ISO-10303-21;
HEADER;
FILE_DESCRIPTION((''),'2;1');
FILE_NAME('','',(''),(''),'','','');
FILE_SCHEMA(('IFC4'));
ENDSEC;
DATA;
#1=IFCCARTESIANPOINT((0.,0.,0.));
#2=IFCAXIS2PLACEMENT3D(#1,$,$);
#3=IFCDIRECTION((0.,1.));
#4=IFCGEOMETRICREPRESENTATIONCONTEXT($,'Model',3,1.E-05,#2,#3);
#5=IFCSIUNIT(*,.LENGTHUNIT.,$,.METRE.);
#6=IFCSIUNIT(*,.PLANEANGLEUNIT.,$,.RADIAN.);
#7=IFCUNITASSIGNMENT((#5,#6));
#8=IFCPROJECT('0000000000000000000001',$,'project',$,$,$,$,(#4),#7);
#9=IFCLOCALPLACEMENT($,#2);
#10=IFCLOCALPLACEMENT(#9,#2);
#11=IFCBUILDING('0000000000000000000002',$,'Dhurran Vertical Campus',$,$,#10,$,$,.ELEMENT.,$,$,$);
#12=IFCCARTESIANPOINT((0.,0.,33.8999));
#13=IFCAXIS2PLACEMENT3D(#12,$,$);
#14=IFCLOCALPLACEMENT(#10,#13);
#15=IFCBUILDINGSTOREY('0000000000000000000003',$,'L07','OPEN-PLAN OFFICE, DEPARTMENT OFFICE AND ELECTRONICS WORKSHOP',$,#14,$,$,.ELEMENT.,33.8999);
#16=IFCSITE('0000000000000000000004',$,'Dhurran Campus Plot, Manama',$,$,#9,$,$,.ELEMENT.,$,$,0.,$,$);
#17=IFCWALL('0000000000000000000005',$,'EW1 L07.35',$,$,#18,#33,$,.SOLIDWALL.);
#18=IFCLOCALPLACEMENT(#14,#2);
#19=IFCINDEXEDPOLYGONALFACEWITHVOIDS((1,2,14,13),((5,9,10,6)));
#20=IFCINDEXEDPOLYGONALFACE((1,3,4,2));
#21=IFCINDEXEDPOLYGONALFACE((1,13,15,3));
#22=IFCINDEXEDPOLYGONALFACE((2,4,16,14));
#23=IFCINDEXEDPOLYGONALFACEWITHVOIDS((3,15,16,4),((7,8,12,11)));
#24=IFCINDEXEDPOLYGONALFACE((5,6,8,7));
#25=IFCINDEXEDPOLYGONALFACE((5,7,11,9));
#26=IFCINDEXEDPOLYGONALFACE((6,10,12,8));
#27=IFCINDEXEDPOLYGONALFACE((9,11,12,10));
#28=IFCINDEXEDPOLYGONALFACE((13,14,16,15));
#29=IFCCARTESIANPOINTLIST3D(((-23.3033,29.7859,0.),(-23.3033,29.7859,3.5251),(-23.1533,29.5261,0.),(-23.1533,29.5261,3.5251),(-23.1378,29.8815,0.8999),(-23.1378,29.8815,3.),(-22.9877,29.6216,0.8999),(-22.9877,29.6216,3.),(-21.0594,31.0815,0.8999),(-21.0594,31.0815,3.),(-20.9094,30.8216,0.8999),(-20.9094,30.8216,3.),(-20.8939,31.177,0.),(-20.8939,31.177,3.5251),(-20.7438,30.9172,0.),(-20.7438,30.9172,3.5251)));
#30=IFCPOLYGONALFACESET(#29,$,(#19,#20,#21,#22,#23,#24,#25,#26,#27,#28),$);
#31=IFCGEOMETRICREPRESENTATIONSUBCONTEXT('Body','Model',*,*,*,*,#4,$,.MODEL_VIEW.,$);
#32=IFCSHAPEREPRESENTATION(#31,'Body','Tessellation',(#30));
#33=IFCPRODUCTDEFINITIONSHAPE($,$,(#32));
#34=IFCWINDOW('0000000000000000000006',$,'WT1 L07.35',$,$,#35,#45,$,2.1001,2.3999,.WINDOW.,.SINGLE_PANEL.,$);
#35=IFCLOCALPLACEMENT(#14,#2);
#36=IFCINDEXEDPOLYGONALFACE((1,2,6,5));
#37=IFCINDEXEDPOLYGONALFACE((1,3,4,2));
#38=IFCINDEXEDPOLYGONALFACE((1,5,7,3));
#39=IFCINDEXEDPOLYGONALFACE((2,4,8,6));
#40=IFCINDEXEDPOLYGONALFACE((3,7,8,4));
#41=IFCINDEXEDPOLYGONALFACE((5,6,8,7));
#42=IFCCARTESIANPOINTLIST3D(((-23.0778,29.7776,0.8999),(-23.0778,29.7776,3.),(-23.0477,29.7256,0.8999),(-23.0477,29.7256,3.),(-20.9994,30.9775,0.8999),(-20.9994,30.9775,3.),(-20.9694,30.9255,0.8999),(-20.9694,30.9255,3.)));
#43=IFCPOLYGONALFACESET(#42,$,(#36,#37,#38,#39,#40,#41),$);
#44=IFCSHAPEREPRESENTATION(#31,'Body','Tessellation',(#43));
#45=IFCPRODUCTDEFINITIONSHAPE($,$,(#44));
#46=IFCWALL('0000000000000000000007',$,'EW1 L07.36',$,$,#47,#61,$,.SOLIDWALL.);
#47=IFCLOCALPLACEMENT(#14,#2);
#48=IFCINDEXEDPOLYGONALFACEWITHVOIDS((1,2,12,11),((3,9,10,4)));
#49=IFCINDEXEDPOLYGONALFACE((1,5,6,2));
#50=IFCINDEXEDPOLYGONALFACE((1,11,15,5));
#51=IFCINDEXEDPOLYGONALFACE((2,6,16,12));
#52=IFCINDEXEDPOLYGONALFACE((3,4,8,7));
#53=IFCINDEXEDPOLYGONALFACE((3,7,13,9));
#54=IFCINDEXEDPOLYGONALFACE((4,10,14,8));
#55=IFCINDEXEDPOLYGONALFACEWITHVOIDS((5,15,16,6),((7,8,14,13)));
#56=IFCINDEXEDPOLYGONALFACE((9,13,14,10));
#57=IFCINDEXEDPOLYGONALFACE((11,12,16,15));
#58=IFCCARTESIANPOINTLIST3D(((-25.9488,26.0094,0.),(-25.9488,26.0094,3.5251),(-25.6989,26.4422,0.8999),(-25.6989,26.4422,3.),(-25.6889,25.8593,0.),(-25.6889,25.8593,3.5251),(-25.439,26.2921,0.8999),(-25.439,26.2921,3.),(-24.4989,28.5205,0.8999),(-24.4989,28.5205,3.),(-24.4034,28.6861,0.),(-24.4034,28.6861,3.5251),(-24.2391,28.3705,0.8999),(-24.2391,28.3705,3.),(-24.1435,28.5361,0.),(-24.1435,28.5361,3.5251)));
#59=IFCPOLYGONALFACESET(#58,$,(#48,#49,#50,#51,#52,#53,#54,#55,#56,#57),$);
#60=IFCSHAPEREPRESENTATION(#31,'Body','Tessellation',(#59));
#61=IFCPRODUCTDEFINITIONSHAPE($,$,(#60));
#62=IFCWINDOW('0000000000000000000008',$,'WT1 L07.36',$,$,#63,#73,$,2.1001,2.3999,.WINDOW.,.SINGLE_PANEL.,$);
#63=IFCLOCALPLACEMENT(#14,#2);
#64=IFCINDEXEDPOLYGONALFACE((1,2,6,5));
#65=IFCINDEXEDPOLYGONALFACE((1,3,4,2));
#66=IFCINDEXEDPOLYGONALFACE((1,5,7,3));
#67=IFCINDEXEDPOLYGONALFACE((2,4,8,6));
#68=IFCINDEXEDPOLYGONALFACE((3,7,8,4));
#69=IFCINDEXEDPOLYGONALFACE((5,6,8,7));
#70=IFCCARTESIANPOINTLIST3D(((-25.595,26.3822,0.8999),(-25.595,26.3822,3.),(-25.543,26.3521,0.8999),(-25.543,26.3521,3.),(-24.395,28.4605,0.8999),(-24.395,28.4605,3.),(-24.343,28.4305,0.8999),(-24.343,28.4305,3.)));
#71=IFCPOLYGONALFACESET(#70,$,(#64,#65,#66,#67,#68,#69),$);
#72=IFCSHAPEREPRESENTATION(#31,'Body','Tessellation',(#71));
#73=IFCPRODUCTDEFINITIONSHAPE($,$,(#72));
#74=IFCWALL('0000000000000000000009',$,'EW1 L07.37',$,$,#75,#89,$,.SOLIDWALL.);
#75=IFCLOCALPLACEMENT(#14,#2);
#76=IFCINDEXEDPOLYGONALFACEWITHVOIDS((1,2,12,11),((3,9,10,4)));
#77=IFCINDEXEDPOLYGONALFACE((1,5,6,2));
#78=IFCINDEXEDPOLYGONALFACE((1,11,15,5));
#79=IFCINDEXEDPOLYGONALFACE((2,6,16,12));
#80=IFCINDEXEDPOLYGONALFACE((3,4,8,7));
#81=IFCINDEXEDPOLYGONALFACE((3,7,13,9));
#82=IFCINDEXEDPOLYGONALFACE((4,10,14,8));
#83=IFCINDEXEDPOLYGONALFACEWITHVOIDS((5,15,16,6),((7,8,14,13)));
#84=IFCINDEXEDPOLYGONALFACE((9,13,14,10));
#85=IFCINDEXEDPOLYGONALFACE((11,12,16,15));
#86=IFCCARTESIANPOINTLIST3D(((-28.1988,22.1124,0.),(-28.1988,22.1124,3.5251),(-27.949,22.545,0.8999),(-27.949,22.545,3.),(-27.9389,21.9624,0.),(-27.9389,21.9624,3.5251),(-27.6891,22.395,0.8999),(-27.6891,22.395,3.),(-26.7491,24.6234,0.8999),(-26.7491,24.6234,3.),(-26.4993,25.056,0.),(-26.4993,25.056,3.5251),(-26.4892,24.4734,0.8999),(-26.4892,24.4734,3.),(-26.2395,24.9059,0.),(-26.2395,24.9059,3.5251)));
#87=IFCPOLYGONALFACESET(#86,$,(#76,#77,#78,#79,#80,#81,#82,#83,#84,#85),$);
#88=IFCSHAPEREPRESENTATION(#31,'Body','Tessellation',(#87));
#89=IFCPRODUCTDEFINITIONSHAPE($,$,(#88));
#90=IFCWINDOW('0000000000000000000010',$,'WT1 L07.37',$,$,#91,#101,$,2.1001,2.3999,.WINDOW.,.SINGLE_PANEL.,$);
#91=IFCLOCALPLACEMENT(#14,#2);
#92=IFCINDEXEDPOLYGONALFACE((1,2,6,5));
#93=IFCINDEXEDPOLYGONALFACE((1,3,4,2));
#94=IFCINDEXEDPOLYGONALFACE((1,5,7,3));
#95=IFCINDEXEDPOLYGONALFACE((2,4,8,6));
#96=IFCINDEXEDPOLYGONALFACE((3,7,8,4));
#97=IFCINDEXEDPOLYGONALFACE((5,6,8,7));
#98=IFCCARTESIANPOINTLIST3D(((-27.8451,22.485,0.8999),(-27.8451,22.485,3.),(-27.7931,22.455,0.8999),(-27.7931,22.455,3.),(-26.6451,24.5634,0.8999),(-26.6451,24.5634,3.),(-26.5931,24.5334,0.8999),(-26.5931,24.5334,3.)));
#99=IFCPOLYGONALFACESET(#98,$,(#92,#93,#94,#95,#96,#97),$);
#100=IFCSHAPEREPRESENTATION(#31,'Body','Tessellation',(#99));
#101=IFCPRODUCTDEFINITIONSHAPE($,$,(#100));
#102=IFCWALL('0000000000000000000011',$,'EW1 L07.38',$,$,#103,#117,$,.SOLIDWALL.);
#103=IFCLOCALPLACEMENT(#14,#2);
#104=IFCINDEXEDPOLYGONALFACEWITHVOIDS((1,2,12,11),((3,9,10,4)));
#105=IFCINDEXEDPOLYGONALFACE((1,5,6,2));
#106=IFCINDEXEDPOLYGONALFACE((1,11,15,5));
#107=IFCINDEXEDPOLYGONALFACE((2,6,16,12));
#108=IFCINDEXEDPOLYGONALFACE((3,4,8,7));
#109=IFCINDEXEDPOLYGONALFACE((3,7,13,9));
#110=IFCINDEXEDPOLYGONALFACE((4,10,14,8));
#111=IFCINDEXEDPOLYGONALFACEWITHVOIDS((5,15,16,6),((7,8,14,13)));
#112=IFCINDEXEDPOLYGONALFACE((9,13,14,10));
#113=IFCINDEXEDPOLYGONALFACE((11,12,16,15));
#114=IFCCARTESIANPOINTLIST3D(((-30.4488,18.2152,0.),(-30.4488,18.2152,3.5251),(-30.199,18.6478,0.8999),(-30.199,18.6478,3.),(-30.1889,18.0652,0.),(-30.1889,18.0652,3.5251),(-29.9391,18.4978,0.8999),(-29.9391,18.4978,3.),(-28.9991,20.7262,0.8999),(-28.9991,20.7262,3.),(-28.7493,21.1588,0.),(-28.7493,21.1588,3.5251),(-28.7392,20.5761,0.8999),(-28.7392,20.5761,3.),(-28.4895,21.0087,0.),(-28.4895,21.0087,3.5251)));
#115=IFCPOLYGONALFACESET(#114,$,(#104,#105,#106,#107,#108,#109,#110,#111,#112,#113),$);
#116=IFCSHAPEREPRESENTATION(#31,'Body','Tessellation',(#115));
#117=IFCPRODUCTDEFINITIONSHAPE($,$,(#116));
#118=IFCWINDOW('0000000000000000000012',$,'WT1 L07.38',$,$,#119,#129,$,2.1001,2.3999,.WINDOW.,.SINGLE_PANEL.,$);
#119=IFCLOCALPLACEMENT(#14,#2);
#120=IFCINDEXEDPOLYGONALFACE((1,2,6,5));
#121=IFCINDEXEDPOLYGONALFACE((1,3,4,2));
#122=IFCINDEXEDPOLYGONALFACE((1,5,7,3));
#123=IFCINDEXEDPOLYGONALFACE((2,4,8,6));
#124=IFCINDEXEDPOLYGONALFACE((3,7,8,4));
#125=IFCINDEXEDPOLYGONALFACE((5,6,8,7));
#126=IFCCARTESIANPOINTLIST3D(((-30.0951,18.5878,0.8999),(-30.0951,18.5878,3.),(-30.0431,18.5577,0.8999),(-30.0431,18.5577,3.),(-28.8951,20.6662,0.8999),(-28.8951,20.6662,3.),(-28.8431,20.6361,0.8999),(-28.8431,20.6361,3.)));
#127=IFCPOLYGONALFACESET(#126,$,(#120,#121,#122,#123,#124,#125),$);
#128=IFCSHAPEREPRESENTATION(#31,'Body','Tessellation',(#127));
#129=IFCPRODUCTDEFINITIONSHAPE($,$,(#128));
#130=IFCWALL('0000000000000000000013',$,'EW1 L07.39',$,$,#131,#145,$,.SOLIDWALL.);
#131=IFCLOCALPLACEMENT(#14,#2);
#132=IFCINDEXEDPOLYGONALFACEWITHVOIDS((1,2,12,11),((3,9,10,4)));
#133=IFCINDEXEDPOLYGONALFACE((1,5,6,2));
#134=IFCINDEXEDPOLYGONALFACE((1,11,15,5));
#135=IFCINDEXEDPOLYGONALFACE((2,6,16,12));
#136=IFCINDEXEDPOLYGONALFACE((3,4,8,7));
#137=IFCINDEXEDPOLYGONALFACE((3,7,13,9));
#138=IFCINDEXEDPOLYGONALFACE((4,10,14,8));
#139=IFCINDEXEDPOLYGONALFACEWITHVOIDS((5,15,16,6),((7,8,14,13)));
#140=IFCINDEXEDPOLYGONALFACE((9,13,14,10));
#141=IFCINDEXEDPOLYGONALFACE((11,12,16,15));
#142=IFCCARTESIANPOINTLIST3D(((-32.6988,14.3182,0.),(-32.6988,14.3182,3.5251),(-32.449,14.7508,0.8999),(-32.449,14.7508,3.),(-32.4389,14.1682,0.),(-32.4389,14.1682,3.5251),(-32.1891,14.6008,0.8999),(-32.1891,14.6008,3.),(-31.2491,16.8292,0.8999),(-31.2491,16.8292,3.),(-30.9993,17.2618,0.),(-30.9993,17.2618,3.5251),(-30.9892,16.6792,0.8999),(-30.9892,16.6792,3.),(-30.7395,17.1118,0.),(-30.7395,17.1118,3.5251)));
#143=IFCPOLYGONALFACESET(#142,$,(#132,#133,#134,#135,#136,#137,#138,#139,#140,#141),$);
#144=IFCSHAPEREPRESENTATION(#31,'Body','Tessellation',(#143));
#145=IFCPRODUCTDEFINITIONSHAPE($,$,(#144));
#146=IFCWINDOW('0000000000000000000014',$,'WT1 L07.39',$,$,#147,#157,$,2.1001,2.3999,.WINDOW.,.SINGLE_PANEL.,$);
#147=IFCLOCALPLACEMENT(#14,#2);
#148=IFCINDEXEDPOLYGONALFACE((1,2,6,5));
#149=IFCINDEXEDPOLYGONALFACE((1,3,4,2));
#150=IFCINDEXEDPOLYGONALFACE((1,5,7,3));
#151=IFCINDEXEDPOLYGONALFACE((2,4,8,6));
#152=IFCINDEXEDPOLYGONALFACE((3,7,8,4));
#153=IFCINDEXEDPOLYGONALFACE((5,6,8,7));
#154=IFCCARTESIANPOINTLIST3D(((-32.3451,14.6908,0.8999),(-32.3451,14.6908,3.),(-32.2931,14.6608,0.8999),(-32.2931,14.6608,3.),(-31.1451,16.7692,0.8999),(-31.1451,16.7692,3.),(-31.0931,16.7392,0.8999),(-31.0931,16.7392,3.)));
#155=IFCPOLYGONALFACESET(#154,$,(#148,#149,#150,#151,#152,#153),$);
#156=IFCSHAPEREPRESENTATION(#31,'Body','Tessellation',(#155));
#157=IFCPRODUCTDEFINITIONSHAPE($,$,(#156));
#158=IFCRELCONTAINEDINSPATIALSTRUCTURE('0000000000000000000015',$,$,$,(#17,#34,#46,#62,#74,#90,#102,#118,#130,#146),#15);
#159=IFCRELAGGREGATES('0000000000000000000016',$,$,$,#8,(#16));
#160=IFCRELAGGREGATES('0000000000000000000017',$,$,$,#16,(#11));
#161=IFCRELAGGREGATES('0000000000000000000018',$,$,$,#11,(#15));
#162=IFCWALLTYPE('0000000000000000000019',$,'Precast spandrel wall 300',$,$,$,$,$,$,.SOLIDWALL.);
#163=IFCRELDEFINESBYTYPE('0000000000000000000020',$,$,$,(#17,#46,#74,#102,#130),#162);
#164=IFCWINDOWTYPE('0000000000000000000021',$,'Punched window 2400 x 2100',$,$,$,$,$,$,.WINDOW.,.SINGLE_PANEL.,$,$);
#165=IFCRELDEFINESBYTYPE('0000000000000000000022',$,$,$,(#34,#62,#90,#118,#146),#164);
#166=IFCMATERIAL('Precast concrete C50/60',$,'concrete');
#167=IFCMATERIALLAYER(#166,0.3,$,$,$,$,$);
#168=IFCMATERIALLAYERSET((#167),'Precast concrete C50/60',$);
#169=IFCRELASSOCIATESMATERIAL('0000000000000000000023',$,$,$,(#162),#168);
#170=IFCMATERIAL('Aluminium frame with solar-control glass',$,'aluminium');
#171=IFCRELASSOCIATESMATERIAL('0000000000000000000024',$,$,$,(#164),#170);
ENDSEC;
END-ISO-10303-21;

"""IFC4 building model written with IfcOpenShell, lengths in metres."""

from ifc_helpers import new_model, si_unit, direction, frame, frame_2d, origin, place, context, subcontext, project, spatial, rectangle, extrude, material, layer, layer_set, type_object, element, fill, save


model = new_model("IFC4")

# Units and contexts
model_context = context("Model", 3, precision=1e-05, world=origin(), true_north=direction((0.0, 1.0)))
body_context = subcontext(model_context, "Body", "Model", "MODEL_VIEW")
ifc_project = project(units=[si_unit("LENGTHUNIT", "METRE"), si_unit("PLANEANGLEUNIT", "RADIAN")], contexts=[model_context])

# Site, building, storey
site_placement = place(None, origin())
site = spatial("IfcSite", under=ifc_project, at=site_placement, Name="Dhurran Campus Plot, Manama", CompositionType="ELEMENT", RefElevation=0.0)
building_placement = place(site_placement, origin())
building = spatial("IfcBuilding", under=site, at=building_placement, Name="Dhurran Vertical Campus", CompositionType="ELEMENT")
storey_placement = place(building_placement, frame((0.0, 0.0, 33.8999)))
storey = spatial("IfcBuildingStorey", under=building, at=storey_placement, Name="L07", Description="OPEN-PLAN OFFICE, DEPARTMENT OFFICE AND ELECTRONICS WORKSHOP", CompositionType="ELEMENT", Elevation=33.8999)

# Walls, openings, windows
ifc_material_1 = material(Name="Precast concrete C50/60", Category="concrete")
ifc_layer_1 = layer(ifc_material_1, 0.3)
ifc_layer_set_1 = layer_set([ifc_layer_1], Name="Precast concrete C50/60")
wall_type_1 = type_object("IfcWallType", Name="Precast spandrel wall 300", PredefinedType="SOLIDWALL", material=ifc_layer_set_1)
ifc_material_2 = material(Name="Aluminium frame with solar-control glass", Category="aluminium")
window_type = type_object("IfcWindowType", Name="Punched window 2400 x 2100", PartitioningType="SINGLE_PANEL", PredefinedType="WINDOW", material=ifc_material_2)
wall_1_placement = place(storey_placement, frame((-20.8188, 31.0471, 0.0), z_axis=(0.0, 0.0, 1.0), x_axis=(-0.86602, -0.500009, 0.0)))
wall_1 = element("IfcWall", 1, at=wall_1_placement, inside=storey, type_object=wall_type_1, Name="EW1 L07.35", PredefinedType="SOLIDWALL", context=body_context, shape_type="SweptSolid", body=[
    extrude(rectangle(XDim=2.7822, YDim=0.3, at=frame_2d((1.3911, 0.0))), origin(), (0.0, 0.0, 1.0), 3.5251),
])
opening_1_placement = place(wall_1_placement, frame((0.1912, 0.0, 0.8999)))
opening_1 = element("IfcOpeningElement", 2, at=opening_1_placement, cuts=wall_1, PredefinedType="OPENING", context=body_context, shape_type="SweptSolid", body=[
    extrude(rectangle(XDim=2.3999, YDim=2.1001, at=frame_2d((1.2, 1.05))), frame((0.0, 0.1599, 0.0), z_axis=(0.0, -1.0, 0.0), x_axis=(1.0, 0.0, 0.0)), (0.0, 0.0, 1.0), 0.3201),
])
window_1_placement = place(opening_1_placement, origin())
window_1 = element("IfcWindow", 3, at=window_1_placement, inside=storey, type_object=window_type, Name="WT1 L07.35", OverallHeight=2.1001, OverallWidth=2.3999, PartitioningType="SINGLE_PANEL", PredefinedType="WINDOW", context=body_context, shape_type="SweptSolid", body=[
    extrude(rectangle(XDim=2.3999, YDim=2.1001, at=frame_2d((1.2, 1.05))), frame((0.0, 0.03, 0.0), z_axis=(0.0, -1.0, 0.0), x_axis=(1.0, 0.0, 0.0)), (0.0, 0.0, 1.0), 0.0601),
])
fill(opening_1, window_1)
wall_2_placement = place(storey_placement, frame((-24.2734, 28.6111, 0.0), z_axis=(0.0, 0.0, 1.0), x_axis=(-0.499996, -0.866028, 0.0)))
wall_2 = element("IfcWall", 4, at=wall_2_placement, inside=storey, type_object=wall_type_1, Name="EW1 L07.36", PredefinedType="SOLIDWALL", context=body_context, shape_type="SweptSolid", body=[
    extrude(rectangle(XDim=3.0908, YDim=0.3, at=frame_2d((1.5454, 0.0))), origin(), (0.0, 0.0, 1.0), 3.5251),
])
opening_2_placement = place(wall_2_placement, frame((0.1912, 0.0, 0.8999)))
opening_2 = element("IfcOpeningElement", 5, at=opening_2_placement, cuts=wall_2, PredefinedType="OPENING", context=body_context, shape_type="SweptSolid", body=[
    extrude(rectangle(XDim=2.3999, YDim=2.1001, at=frame_2d((1.2, 1.05))), frame((0.0, 0.1599, 0.0), z_axis=(0.0, -1.0, 0.0), x_axis=(1.0, 0.0, 0.0)), (0.0, 0.0, 1.0), 0.3201),
])
window_2_placement = place(opening_2_placement, origin())
window_2 = element("IfcWindow", 6, at=window_2_placement, inside=storey, type_object=window_type, Name="WT1 L07.36", OverallHeight=2.1001, OverallWidth=2.3999, PartitioningType="SINGLE_PANEL", PredefinedType="WINDOW", context=body_context, shape_type="SweptSolid", body=[
    extrude(rectangle(XDim=2.3999, YDim=2.1001, at=frame_2d((1.2, 1.05))), frame((0.0, 0.03, 0.0), z_axis=(0.0, -1.0, 0.0), x_axis=(1.0, 0.0, 0.0)), (0.0, 0.0, 1.0), 0.0601),
])
fill(opening_2, window_2)
wall_3_placement = place(storey_placement, frame((-26.3694, 24.981, 0.0), z_axis=(0.0, 0.0, 1.0), x_axis=(-0.499994, -0.866029, 0.0)))
wall_3 = element("IfcWall", 7, at=wall_3_placement, inside=storey, type_object=wall_type_1, Name="EW1 L07.37", PredefinedType="SOLIDWALL", context=body_context, shape_type="SweptSolid", body=[
    extrude(rectangle(XDim=3.3989, YDim=0.3, at=frame_2d((1.6995, 0.0))), origin(), (0.0, 0.0, 1.0), 3.5251),
])
opening_3_placement = place(wall_3_placement, frame((0.4995, 0.0, 0.8999)))
opening_3 = element("IfcOpeningElement", 8, at=opening_3_placement, cuts=wall_3, PredefinedType="OPENING", context=body_context, shape_type="SweptSolid", body=[
    extrude(rectangle(XDim=2.3999, YDim=2.1001, at=frame_2d((1.2, 1.05))), frame((0.0, 0.1599, 0.0), z_axis=(0.0, -1.0, 0.0), x_axis=(1.0, 0.0, 0.0)), (0.0, 0.0, 1.0), 0.3201),
])
window_3_placement = place(opening_3_placement, origin())
window_3 = element("IfcWindow", 9, at=window_3_placement, inside=storey, type_object=window_type, Name="WT1 L07.37", OverallHeight=2.1001, OverallWidth=2.3999, PartitioningType="SINGLE_PANEL", PredefinedType="WINDOW", context=body_context, shape_type="SweptSolid", body=[
    extrude(rectangle(XDim=2.3999, YDim=2.1001, at=frame_2d((1.2, 1.05))), frame((0.0, 0.03, 0.0), z_axis=(0.0, -1.0, 0.0), x_axis=(1.0, 0.0, 0.0)), (0.0, 0.0, 1.0), 0.0601),
])
fill(opening_3, window_3)
wall_4_placement = place(storey_placement, frame((-28.6194, 21.0837, 0.0), z_axis=(0.0, 0.0, 1.0), x_axis=(-0.499994, -0.866029, 0.0)))
wall_4 = element("IfcWall", 10, at=wall_4_placement, inside=storey, type_object=wall_type_1, Name="EW1 L07.38", PredefinedType="SOLIDWALL", context=body_context, shape_type="SweptSolid", body=[
    extrude(rectangle(XDim=3.3989, YDim=0.3, at=frame_2d((1.6995, 0.0))), origin(), (0.0, 0.0, 1.0), 3.5251),
])
opening_4_placement = place(wall_4_placement, frame((0.4995, 0.0, 0.8999)))
opening_4 = element("IfcOpeningElement", 11, at=opening_4_placement, cuts=wall_4, PredefinedType="OPENING", context=body_context, shape_type="SweptSolid", body=[
    extrude(rectangle(XDim=2.3999, YDim=2.1001, at=frame_2d((1.2, 1.05))), frame((0.0, 0.1599, 0.0), z_axis=(0.0, -1.0, 0.0), x_axis=(1.0, 0.0, 0.0)), (0.0, 0.0, 1.0), 0.3201),
])
window_4_placement = place(opening_4_placement, origin())
window_4 = element("IfcWindow", 12, at=window_4_placement, inside=storey, type_object=window_type, Name="WT1 L07.38", OverallHeight=2.1001, OverallWidth=2.3999, PartitioningType="SINGLE_PANEL", PredefinedType="WINDOW", context=body_context, shape_type="SweptSolid", body=[
    extrude(rectangle(XDim=2.3999, YDim=2.1001, at=frame_2d((1.2, 1.05))), frame((0.0, 0.03, 0.0), z_axis=(0.0, -1.0, 0.0), x_axis=(1.0, 0.0, 0.0)), (0.0, 0.0, 1.0), 0.0601),
])
fill(opening_4, window_4)
wall_5_placement = place(storey_placement, frame((-30.8694, 17.1868, 0.0), z_axis=(0.0, 0.0, 1.0), x_axis=(-0.499994, -0.866029, 0.0)))
wall_5 = element("IfcWall", 13, at=wall_5_placement, inside=storey, type_object=wall_type_1, Name="EW1 L07.39", PredefinedType="SOLIDWALL", context=body_context, shape_type="SweptSolid", body=[
    extrude(rectangle(XDim=3.3989, YDim=0.3, at=frame_2d((1.6995, 0.0))), origin(), (0.0, 0.0, 1.0), 3.5251),
])
opening_5_placement = place(wall_5_placement, frame((0.4995, 0.0, 0.8999)))
opening_5 = element("IfcOpeningElement", 14, at=opening_5_placement, cuts=wall_5, PredefinedType="OPENING", context=body_context, shape_type="SweptSolid", body=[
    extrude(rectangle(XDim=2.3999, YDim=2.1001, at=frame_2d((1.2, 1.05))), frame((0.0, 0.1599, 0.0), z_axis=(0.0, -1.0, 0.0), x_axis=(1.0, 0.0, 0.0)), (0.0, 0.0, 1.0), 0.3201),
])
window_5_placement = place(opening_5_placement, origin())
window_5 = element("IfcWindow", 15, at=window_5_placement, inside=storey, type_object=window_type, Name="WT1 L07.39", OverallHeight=2.1001, OverallWidth=2.3999, PartitioningType="SINGLE_PANEL", PredefinedType="WINDOW", context=body_context, shape_type="SweptSolid", body=[
    extrude(rectangle(XDim=2.3999, YDim=2.1001, at=frame_2d((1.2, 1.05))), frame((0.0, 0.03, 0.0), z_axis=(0.0, -1.0, 0.0), x_axis=(1.0, 0.0, 0.0)), (0.0, 0.0, 1.0), 0.0601),
])
fill(opening_5, window_5)

save(model, "model.ifc")
